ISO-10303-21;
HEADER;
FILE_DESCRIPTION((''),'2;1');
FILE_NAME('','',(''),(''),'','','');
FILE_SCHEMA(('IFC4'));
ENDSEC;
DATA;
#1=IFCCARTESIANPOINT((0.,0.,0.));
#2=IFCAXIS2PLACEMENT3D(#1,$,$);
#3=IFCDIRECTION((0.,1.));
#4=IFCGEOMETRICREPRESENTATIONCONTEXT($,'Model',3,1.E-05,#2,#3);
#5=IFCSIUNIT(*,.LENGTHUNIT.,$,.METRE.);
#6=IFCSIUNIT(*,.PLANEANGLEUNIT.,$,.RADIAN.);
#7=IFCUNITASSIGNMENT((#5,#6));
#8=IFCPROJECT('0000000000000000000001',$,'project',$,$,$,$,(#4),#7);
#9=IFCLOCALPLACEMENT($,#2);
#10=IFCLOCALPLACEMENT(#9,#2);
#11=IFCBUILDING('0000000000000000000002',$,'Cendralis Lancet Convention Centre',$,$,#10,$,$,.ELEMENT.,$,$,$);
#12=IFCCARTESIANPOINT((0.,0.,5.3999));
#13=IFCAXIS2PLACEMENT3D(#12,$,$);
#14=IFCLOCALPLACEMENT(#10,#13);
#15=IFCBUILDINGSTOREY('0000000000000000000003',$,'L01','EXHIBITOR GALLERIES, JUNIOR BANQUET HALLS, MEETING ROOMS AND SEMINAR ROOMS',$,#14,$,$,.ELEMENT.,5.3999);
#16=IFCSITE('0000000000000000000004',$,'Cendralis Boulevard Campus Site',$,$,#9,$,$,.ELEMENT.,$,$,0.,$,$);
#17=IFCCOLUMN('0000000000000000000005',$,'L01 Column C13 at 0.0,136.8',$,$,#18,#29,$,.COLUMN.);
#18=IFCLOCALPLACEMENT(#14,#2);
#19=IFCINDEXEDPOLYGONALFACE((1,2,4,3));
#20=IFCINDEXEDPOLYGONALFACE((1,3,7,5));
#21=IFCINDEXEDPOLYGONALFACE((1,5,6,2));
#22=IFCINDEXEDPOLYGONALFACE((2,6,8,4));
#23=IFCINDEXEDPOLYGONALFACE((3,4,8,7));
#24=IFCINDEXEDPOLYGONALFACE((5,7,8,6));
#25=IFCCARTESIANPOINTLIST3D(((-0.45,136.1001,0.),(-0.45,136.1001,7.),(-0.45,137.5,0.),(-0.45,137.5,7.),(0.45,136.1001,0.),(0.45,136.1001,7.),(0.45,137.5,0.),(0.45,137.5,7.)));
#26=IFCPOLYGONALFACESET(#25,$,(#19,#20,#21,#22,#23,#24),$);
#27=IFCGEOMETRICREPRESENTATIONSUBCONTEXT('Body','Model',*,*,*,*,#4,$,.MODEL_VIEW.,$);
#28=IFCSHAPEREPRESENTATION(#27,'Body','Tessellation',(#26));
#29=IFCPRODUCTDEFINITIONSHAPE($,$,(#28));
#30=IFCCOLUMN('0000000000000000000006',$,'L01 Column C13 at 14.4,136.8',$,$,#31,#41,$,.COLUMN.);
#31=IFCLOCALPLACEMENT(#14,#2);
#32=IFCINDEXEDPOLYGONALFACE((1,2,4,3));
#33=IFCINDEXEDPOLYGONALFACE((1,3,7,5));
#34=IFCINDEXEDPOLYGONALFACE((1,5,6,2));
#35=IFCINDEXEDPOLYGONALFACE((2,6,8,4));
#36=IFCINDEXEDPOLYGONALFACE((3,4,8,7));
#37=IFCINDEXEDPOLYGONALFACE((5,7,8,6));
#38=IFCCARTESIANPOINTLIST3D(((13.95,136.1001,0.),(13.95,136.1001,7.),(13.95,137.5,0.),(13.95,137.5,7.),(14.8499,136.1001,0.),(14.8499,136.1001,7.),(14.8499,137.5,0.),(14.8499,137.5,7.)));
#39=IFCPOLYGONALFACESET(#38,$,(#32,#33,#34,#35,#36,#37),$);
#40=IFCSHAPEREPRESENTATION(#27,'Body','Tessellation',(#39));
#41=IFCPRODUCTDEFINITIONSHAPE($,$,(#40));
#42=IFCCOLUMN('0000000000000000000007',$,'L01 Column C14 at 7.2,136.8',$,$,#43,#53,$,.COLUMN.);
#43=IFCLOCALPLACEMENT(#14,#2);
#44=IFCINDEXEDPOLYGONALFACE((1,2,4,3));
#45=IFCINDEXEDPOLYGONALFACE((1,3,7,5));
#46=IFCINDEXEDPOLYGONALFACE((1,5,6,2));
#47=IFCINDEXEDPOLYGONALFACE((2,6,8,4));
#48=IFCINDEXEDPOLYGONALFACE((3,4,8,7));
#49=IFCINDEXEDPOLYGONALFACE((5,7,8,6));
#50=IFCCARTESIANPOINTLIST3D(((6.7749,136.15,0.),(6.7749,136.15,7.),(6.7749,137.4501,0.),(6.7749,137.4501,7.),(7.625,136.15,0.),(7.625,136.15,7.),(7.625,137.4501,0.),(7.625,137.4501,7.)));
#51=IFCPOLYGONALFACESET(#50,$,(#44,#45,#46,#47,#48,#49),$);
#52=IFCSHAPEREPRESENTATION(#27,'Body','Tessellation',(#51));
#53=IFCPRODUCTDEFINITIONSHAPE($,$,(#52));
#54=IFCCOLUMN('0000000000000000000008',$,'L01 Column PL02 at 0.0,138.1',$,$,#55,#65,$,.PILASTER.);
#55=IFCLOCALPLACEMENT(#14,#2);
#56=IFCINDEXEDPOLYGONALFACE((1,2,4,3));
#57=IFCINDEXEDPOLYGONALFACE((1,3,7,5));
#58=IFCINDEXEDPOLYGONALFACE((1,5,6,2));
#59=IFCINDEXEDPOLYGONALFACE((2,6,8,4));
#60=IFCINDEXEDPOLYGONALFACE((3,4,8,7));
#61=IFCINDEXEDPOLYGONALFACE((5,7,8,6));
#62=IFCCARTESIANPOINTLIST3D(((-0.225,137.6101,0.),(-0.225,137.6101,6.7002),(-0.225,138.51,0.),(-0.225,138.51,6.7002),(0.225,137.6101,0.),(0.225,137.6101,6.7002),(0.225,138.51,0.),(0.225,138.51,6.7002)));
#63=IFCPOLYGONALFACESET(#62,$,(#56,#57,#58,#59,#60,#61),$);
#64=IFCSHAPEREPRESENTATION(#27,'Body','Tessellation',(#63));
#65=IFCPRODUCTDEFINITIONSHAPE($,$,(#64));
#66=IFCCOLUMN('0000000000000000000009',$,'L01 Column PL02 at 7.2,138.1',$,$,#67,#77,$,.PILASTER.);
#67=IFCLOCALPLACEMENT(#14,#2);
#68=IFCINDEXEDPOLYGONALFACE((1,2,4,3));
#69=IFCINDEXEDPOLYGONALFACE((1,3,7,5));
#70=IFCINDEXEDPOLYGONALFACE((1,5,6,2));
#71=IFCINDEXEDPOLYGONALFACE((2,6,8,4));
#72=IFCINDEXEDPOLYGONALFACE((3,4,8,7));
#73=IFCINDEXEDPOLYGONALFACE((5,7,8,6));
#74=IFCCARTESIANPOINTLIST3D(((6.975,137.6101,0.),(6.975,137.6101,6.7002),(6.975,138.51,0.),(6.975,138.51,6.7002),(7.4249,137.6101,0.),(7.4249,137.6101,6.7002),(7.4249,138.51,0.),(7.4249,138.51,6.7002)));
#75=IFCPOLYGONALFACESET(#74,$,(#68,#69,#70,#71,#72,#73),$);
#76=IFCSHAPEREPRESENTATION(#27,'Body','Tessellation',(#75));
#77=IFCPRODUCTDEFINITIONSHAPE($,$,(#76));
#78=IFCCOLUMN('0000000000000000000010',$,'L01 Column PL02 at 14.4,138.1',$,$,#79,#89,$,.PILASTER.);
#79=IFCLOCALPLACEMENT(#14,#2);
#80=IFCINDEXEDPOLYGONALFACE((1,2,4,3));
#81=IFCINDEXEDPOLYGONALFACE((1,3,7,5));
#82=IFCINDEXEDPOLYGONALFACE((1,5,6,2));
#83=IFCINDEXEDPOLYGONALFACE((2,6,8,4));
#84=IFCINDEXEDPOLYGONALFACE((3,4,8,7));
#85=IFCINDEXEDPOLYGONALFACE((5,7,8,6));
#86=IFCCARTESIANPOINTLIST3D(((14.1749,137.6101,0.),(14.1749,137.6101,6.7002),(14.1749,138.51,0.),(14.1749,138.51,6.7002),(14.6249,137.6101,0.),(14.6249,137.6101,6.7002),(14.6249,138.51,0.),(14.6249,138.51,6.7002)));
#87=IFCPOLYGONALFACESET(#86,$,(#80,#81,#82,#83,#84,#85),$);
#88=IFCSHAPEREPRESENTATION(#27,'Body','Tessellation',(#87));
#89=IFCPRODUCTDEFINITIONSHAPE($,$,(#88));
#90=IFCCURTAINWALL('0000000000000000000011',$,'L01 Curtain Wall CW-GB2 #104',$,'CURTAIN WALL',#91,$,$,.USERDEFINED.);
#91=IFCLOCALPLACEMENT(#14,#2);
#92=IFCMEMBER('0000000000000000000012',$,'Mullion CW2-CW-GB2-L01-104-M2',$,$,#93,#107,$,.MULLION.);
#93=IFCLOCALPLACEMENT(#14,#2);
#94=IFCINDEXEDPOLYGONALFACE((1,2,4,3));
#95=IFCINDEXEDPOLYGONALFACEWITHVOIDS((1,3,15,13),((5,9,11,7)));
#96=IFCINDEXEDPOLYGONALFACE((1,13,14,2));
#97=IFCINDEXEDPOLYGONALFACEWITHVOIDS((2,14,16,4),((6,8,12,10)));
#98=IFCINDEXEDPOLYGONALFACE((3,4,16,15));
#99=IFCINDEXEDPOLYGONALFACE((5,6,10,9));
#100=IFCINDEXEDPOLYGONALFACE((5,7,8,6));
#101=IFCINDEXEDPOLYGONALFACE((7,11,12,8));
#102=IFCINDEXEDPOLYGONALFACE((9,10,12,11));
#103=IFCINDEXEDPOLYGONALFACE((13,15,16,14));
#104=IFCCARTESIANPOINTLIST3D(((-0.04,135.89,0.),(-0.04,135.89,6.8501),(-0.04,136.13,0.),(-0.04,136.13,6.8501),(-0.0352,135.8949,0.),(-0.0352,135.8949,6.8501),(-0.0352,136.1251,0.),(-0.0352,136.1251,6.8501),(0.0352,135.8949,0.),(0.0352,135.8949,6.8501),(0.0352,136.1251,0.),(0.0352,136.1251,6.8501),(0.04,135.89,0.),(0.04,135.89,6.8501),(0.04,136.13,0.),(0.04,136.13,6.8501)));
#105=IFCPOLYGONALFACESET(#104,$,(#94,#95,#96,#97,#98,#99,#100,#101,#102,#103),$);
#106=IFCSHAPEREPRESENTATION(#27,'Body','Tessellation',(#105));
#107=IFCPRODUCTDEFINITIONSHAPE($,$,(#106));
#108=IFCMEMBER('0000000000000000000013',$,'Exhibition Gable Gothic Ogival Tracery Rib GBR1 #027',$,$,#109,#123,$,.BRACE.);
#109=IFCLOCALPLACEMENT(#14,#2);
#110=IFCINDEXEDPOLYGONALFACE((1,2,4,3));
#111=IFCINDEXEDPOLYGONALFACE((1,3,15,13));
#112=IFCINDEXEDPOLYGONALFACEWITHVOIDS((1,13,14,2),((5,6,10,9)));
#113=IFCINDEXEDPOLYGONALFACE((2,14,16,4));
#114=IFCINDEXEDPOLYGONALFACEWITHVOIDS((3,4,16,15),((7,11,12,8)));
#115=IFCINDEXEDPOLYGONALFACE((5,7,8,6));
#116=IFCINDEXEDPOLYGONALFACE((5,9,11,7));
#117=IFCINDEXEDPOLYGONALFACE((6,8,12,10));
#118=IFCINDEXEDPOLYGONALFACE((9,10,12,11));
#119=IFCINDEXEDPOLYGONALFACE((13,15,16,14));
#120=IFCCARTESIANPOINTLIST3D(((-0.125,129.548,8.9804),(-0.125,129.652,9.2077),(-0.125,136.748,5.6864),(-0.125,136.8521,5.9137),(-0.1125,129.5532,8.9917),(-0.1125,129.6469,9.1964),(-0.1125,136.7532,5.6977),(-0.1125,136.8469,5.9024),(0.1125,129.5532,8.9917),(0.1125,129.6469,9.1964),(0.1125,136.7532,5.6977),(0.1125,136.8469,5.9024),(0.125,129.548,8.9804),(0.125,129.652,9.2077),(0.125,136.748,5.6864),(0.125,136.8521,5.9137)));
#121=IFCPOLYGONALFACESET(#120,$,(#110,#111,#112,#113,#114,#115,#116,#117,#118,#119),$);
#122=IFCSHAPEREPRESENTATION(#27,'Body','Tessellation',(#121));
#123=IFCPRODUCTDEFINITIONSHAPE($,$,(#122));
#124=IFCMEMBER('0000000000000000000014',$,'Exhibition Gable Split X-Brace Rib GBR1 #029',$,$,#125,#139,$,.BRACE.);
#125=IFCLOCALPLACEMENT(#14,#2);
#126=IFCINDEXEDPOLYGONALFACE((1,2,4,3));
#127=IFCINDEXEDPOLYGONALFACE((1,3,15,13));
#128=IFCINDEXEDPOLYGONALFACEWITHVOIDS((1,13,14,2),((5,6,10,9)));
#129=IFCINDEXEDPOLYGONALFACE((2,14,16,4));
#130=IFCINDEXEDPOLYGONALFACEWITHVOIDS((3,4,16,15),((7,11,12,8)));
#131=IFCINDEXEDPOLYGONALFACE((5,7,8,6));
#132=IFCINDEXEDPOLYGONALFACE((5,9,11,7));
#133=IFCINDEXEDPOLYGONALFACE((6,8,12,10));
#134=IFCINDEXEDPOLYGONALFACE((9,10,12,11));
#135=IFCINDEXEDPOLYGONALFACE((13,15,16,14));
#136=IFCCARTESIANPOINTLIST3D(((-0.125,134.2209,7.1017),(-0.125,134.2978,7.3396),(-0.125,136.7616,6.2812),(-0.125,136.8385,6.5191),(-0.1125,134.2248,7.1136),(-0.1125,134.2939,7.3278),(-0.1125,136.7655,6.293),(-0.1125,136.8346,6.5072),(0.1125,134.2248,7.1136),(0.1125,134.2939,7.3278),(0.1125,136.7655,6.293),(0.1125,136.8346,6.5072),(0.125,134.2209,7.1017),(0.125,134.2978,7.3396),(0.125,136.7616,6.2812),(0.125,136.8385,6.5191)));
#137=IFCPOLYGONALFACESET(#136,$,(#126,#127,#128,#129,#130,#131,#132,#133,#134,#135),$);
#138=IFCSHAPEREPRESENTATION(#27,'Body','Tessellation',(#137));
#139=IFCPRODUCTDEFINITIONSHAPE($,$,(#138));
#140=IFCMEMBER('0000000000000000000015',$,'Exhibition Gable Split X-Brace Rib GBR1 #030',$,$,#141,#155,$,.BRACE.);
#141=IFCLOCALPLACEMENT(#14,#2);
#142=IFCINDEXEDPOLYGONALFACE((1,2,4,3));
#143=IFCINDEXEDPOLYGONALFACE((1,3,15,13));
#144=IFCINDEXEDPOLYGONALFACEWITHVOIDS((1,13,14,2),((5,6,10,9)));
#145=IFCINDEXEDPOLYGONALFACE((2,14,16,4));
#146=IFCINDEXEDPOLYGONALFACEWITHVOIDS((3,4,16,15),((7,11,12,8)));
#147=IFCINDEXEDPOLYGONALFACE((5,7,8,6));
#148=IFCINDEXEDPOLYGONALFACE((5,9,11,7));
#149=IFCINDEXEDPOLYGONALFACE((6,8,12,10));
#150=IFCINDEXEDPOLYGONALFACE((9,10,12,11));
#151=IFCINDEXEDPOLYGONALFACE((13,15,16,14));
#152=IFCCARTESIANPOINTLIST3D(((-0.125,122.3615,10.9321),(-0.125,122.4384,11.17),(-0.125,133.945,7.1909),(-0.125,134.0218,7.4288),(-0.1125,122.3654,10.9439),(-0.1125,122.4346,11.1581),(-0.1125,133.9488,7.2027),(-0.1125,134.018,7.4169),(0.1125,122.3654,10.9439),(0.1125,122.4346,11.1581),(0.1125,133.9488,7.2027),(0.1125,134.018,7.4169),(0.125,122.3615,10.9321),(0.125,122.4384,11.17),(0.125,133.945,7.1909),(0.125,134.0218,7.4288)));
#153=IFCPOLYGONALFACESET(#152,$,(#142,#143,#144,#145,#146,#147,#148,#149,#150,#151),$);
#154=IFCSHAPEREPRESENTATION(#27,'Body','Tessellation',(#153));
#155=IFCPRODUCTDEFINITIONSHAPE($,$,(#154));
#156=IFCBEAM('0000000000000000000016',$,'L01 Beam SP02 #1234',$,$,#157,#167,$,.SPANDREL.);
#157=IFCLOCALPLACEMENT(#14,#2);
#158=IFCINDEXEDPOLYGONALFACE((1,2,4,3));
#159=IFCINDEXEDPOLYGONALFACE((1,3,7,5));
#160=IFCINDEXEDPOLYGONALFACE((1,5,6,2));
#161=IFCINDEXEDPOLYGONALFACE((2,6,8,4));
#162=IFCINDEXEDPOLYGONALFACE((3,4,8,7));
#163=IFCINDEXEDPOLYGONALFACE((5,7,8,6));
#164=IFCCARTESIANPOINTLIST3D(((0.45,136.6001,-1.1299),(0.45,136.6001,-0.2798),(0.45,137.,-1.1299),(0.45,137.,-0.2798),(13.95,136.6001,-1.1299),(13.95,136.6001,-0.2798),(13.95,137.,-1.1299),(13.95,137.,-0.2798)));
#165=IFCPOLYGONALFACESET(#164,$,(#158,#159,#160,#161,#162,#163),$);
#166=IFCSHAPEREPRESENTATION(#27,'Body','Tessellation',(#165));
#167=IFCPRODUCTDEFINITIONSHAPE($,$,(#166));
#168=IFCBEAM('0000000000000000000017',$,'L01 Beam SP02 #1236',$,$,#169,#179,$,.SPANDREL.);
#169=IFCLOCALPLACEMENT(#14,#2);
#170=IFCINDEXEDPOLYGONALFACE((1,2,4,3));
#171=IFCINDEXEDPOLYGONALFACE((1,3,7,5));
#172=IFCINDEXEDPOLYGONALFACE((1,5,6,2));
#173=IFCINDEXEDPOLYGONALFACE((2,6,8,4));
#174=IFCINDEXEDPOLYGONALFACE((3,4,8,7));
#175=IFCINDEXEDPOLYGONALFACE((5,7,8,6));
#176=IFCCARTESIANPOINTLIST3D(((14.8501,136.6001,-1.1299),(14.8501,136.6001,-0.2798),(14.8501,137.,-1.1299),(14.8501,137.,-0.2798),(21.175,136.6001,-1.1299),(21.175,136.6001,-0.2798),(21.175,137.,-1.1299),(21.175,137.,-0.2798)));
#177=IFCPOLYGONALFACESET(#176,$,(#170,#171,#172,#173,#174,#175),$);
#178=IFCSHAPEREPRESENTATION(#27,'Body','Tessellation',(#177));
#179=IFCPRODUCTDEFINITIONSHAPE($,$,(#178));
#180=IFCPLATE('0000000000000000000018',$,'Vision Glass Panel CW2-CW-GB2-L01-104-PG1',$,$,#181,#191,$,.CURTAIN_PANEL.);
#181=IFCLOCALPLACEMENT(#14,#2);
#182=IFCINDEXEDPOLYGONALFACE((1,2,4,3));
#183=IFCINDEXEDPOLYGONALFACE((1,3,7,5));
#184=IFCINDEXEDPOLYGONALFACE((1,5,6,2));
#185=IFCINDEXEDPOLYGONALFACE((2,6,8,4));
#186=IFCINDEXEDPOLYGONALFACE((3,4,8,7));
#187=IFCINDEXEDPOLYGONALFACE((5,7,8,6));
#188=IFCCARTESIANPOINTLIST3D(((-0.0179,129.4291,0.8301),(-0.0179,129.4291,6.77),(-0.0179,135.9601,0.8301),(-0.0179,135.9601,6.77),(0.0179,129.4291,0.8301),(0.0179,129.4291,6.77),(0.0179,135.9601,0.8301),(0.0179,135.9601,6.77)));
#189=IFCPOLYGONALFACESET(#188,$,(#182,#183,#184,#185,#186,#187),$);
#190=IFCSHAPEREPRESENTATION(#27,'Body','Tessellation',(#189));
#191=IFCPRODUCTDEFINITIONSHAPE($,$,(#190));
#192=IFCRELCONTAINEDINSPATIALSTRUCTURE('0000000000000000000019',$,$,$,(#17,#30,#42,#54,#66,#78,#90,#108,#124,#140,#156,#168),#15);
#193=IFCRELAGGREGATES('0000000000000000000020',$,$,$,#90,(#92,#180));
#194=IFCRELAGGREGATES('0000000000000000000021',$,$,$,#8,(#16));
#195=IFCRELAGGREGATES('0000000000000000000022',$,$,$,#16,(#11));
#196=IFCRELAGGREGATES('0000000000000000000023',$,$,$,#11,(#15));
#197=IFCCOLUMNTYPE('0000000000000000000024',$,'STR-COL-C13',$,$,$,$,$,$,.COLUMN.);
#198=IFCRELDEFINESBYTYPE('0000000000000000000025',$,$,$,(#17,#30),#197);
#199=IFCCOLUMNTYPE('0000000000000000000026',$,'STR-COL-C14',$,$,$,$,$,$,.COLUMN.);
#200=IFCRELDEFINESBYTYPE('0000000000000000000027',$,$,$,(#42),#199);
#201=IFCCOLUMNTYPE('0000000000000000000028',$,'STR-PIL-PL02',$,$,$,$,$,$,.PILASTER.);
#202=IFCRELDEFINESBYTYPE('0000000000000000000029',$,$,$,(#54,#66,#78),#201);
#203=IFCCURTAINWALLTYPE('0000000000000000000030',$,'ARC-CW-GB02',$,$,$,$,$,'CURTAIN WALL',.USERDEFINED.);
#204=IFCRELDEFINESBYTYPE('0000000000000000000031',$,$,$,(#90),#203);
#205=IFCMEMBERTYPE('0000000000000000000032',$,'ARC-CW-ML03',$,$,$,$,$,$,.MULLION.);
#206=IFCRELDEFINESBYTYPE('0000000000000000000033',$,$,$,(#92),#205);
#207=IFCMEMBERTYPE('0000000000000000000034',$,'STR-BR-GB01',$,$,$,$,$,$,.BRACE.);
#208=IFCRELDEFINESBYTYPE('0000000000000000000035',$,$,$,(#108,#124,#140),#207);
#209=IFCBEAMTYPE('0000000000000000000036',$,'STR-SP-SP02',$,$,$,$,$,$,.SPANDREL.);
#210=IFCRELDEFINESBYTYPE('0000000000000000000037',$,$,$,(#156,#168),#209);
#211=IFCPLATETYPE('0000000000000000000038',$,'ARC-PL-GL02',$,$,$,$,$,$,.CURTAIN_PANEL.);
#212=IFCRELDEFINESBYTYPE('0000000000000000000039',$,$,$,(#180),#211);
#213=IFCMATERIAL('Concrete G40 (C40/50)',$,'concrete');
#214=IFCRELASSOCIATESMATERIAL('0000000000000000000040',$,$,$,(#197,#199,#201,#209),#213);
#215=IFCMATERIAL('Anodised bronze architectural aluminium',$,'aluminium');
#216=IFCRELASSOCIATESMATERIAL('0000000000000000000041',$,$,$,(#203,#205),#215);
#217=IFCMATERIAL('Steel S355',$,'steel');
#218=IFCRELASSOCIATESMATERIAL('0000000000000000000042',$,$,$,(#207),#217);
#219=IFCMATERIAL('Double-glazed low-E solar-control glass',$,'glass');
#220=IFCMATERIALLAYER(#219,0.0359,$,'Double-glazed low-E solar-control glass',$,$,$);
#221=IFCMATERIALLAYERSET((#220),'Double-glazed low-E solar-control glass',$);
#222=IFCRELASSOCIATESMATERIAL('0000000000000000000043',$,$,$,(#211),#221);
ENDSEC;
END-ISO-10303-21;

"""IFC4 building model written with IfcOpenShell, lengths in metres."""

from ifc_helpers import new_model, si_unit, direction, frame, origin, origin_2d, place, context, subcontext, project, spatial, rectangle, hollow_rectangle, extrude, material, layer, layer_set, material_profile, profile_set, type_object, element, aggregate, save


model = new_model("IFC4")

# Units and contexts
model_context = context("Model", 3, precision=1e-05, world=origin(), true_north=direction((0.0, 1.0)))
body_context = subcontext(model_context, "Body", "Model", "MODEL_VIEW")
ifc_project = project(units=[si_unit("LENGTHUNIT", "METRE"), si_unit("PLANEANGLEUNIT", "RADIAN")], contexts=[model_context])

# Site, building, storey
site_placement = place(None, origin())
site = spatial("IfcSite", under=ifc_project, at=site_placement, Name="Cendralis Boulevard Campus Site", CompositionType="ELEMENT", RefElevation=0.0)
building_placement = place(site_placement, origin())
building = spatial("IfcBuilding", under=site, at=building_placement, Name="Cendralis Lancet Convention Centre", CompositionType="ELEMENT")
storey_placement = place(building_placement, frame((0.0, 0.0, 5.3999)))
storey = spatial("IfcBuildingStorey", under=building, at=storey_placement, Name="L01", Description="EXHIBITOR GALLERIES, JUNIOR BANQUET HALLS, MEETING ROOMS AND SEMINAR ROOMS", CompositionType="ELEMENT", Elevation=5.3999)

# Columns
ifc_material_1 = material(Name="Concrete G40 (C40/50)", Category="concrete")
ifc_material_profile_1 = material_profile(ifc_material_1, rectangle(XDim=0.8999, YDim=1.3999, at=origin_2d()), Name="RC 900x1400")
ifc_profile_set_1 = profile_set([ifc_material_profile_1], Name="Concrete G40 (C40/50)")
column_type_1 = type_object("IfcColumnType", Name="STR-COL-C13", PredefinedType="COLUMN", material=ifc_profile_set_1)
for number, where, z_axis, x_axis, name in (
    (1, (0.0, 136.8, 0.0), (0.0, 0.0, 1.0), (1.0, 0.0, 0.0), "L01 Column C13 at 0.0,136.8"),
    (2, (14.3999, 136.8, 0.0), (0.0, 0.0, 1.0), (1.0, 0.0, 0.0), "L01 Column C13 at 14.4,136.8"),
):
    element("IfcColumn", number, at=place(storey_placement, frame(where, z_axis=z_axis, x_axis=x_axis)), inside=storey, type_object=column_type_1, Name=name, PredefinedType="COLUMN", context=body_context, shape_type="SweptSolid", body=[
        extrude(rectangle(XDim=0.8999, YDim=1.3999, at=origin_2d()), origin(), (0.0, 0.0, 1.0), 7.0),
    ])
ifc_material_profile_2 = material_profile(ifc_material_1, rectangle(XDim=0.8501, YDim=1.3, at=origin_2d()), Name="RC 850x1300")
ifc_profile_set_2 = profile_set([ifc_material_profile_2], Name="Concrete G40 (C40/50)")
column_type_2 = type_object("IfcColumnType", Name="STR-COL-C14", PredefinedType="COLUMN", material=ifc_profile_set_2)
column_placement = place(storey_placement, frame((7.2, 136.8, 0.0), z_axis=(0.0, 0.0, 1.0), x_axis=(1.0, 0.0, 0.0)))
element("IfcColumn", 3, at=column_placement, inside=storey, type_object=column_type_2, Name="L01 Column C14 at 7.2,136.8", PredefinedType="COLUMN", context=body_context, shape_type="SweptSolid", body=[
    extrude(rectangle(XDim=0.8501, YDim=1.3, at=origin_2d()), origin(), (0.0, 0.0, 1.0), 7.0),
])
ifc_material_profile_3 = material_profile(ifc_material_1, rectangle(XDim=0.45, YDim=0.8999, at=origin_2d()), Name="RC 450x900")
ifc_profile_set_3 = profile_set([ifc_material_profile_3], Name="Concrete G40 (C40/50)")
column_type_3 = type_object("IfcColumnType", Name="STR-PIL-PL02", PredefinedType="PILASTER", material=ifc_profile_set_3)
for number, where, z_axis, x_axis, name in (
    (4, (0.0, 138.0601, 0.0), (0.0, 0.0, 1.0), (1.0, 0.0, 0.0), "L01 Column PL02 at 0.0,138.1"),
    (5, (7.2, 138.0601, 0.0), (0.0, 0.0, 1.0), (1.0, 0.0, 0.0), "L01 Column PL02 at 7.2,138.1"),
    (6, (14.3999, 138.0601, 0.0), (0.0, 0.0, 1.0), (1.0, 0.0, 0.0), "L01 Column PL02 at 14.4,138.1"),
):
    element("IfcColumn", number, at=place(storey_placement, frame(where, z_axis=z_axis, x_axis=x_axis)), inside=storey, type_object=column_type_3, Name=name, PredefinedType="PILASTER", context=body_context, shape_type="SweptSolid", body=[
        extrude(rectangle(XDim=0.45, YDim=0.8999, at=origin_2d()), origin(), (0.0, 0.0, 1.0), 6.7002),
    ])

# Curtain wall, member
ifc_material_2 = material(Name="Anodised bronze architectural aluminium", Category="aluminium")
curtain_wall_type = type_object("IfcCurtainWallType", Name="ARC-CW-GB02", ElementType="CURTAIN WALL", PredefinedType="USERDEFINED", material=ifc_material_2)
curtain_wall_placement = place(storey_placement, origin())
curtain_wall = element("IfcCurtainWall", 7, at=curtain_wall_placement, inside=storey, type_object=curtain_wall_type, Name="L01 Curtain Wall CW-GB2 #104", ObjectType="CURTAIN WALL", PredefinedType="USERDEFINED")
ifc_material_profile_4 = material_profile(ifc_material_2, hollow_rectangle(XDim=0.0801, YDim=0.24, WallThickness=0.0049, at=origin_2d()), Name="AL-MULL 80x240x5.0")
ifc_profile_set_4 = profile_set([ifc_material_profile_4], Name="Anodised bronze architectural aluminium")
member_type_1 = type_object("IfcMemberType", Name="ARC-CW-ML03", PredefinedType="MULLION", material=ifc_profile_set_4)
member_1_placement = place(storey_placement, frame((0.0, 136.01, 0.0), z_axis=(0.0, 0.0, 1.0), x_axis=(1.0, 0.0, 0.0)))
member_1 = element("IfcMember", 8, at=member_1_placement, type_object=member_type_1, Name="Mullion CW2-CW-GB2-L01-104-M2", PredefinedType="MULLION", context=body_context, shape_type="SweptSolid", body=[
    extrude(hollow_rectangle(XDim=0.0801, YDim=0.24, WallThickness=0.0049, at=origin_2d()), origin(), (0.0, 0.0, 1.0), 6.8501),
])

# Members
ifc_material_3 = material(Name="Steel S355", Category="steel")
ifc_material_profile_5 = material_profile(ifc_material_3, hollow_rectangle(XDim=0.25, YDim=0.25, WallThickness=0.0125, at=origin_2d()), Name="SHS 250x250x12.5")
ifc_profile_set_5 = profile_set([ifc_material_profile_5], Name="Steel S355")
member_type_2 = type_object("IfcMemberType", Name="STR-BR-GB01", PredefinedType="BRACE", material=ifc_profile_set_5)
member_2_placement = place(storey_placement, frame((0.0, 136.8, 5.8), z_axis=(0.0, -0.909353, 0.416025), x_axis=(1.0, 0.0, 0.0)))
element("IfcMember", 9, at=member_2_placement, inside=storey, type_object=member_type_2, Name="Exhibition Gable Gothic Ogival Tracery Rib GBR1 #027", PredefinedType="BRACE", context=body_context, shape_type="SweptSolid", body=[
    extrude(hollow_rectangle(XDim=0.25, YDim=0.25, WallThickness=0.0125, at=origin_2d()), origin(), (0.0, 0.0, 1.0), 7.9177),
])
member_3_placement = place(storey_placement, frame((0.0, 136.8, 6.4001), z_axis=(0.0, -0.951604, 0.307326), x_axis=(1.0, 0.0, 0.0)))
element("IfcMember", 10, at=member_3_placement, inside=storey, type_object=member_type_2, Name="Exhibition Gable Split X-Brace Rib GBR1 #029", PredefinedType="BRACE", context=body_context, shape_type="SweptSolid", body=[
    extrude(hollow_rectangle(XDim=0.25, YDim=0.25, WallThickness=0.0125, at=origin_2d()), origin(), (0.0, 0.0, 1.0), 2.6699),
])
member_4_placement = place(storey_placement, frame((0.0, 133.9834, 7.3098), z_axis=(0.0, -0.951598, 0.307345), x_axis=(1.0, 0.0, 0.0)))
element("IfcMember", 11, at=member_4_placement, inside=storey, type_object=member_type_2, Name="Exhibition Gable Split X-Brace Rib GBR1 #030", PredefinedType="BRACE", context=body_context, shape_type="SweptSolid", body=[
    extrude(hollow_rectangle(XDim=0.25, YDim=0.25, WallThickness=0.0125, at=origin_2d()), origin(), (0.0, 0.0, 1.0), 12.1726),
])

# Beams
ifc_material_profile_6 = material_profile(ifc_material_1, rectangle(XDim=0.3999, YDim=0.8501, at=origin_2d()), Name="RCB 400x850")
ifc_profile_set_6 = profile_set([ifc_material_profile_6], Name="Concrete G40 (C40/50)")
beam_type = type_object("IfcBeamType", Name="STR-SP-SP02", PredefinedType="SPANDREL", material=ifc_profile_set_6)
beam_1_placement = place(storey_placement, frame((0.45, 136.8, -0.7048), z_axis=(1.0, 0.0, 0.0), x_axis=(0.0, 1.0, 0.0)))
element("IfcBeam", 12, at=beam_1_placement, inside=storey, type_object=beam_type, Name="L01 Beam SP02 #1234", PredefinedType="SPANDREL", context=body_context, shape_type="SweptSolid", body=[
    extrude(rectangle(XDim=0.3999, YDim=0.8501, at=origin_2d()), origin(), (0.0, 0.0, 1.0), 13.5),
])
beam_2_placement = place(storey_placement, frame((14.8501, 136.8, -0.7048), z_axis=(1.0, 0.0, 0.0), x_axis=(0.0, 1.0, 0.0)))
element("IfcBeam", 13, at=beam_2_placement, inside=storey, type_object=beam_type, Name="L01 Beam SP02 #1236", PredefinedType="SPANDREL", context=body_context, shape_type="SweptSolid", body=[
    extrude(rectangle(XDim=0.3999, YDim=0.8501, at=origin_2d()), origin(), (0.0, 0.0, 1.0), 6.325),
])

# Plate
ifc_material_4 = material(Name="Double-glazed low-E solar-control glass", Category="glass")
ifc_layer_1 = layer(ifc_material_4, 0.0359, Name="Double-glazed low-E solar-control glass")
ifc_layer_set_1 = layer_set([ifc_layer_1], Name="Double-glazed low-E solar-control glass")
plate_type_1 = type_object("IfcPlateType", Name="ARC-PL-GL02", PredefinedType="CURTAIN_PANEL", material=ifc_layer_set_1)
plate_1_placement = place(storey_placement, frame((0.0, 132.6946, 0.8301), z_axis=(0.0, 0.0, 1.0), x_axis=(0.0, 1.0, 0.0)))
plate_1 = element("IfcPlate", 14, at=plate_1_placement, type_object=plate_type_1, Name="Vision Glass Panel CW2-CW-GB2-L01-104-PG1", PredefinedType="CURTAIN_PANEL", context=body_context, shape_type="SweptSolid", body=[
    extrude(rectangle(XDim=6.531, YDim=0.0359, at=origin_2d()), origin(), (0.0, 0.0, 1.0), 5.9399),
])
aggregate(curtain_wall, [member_1, plate_1])

save(model, "model.ifc")
